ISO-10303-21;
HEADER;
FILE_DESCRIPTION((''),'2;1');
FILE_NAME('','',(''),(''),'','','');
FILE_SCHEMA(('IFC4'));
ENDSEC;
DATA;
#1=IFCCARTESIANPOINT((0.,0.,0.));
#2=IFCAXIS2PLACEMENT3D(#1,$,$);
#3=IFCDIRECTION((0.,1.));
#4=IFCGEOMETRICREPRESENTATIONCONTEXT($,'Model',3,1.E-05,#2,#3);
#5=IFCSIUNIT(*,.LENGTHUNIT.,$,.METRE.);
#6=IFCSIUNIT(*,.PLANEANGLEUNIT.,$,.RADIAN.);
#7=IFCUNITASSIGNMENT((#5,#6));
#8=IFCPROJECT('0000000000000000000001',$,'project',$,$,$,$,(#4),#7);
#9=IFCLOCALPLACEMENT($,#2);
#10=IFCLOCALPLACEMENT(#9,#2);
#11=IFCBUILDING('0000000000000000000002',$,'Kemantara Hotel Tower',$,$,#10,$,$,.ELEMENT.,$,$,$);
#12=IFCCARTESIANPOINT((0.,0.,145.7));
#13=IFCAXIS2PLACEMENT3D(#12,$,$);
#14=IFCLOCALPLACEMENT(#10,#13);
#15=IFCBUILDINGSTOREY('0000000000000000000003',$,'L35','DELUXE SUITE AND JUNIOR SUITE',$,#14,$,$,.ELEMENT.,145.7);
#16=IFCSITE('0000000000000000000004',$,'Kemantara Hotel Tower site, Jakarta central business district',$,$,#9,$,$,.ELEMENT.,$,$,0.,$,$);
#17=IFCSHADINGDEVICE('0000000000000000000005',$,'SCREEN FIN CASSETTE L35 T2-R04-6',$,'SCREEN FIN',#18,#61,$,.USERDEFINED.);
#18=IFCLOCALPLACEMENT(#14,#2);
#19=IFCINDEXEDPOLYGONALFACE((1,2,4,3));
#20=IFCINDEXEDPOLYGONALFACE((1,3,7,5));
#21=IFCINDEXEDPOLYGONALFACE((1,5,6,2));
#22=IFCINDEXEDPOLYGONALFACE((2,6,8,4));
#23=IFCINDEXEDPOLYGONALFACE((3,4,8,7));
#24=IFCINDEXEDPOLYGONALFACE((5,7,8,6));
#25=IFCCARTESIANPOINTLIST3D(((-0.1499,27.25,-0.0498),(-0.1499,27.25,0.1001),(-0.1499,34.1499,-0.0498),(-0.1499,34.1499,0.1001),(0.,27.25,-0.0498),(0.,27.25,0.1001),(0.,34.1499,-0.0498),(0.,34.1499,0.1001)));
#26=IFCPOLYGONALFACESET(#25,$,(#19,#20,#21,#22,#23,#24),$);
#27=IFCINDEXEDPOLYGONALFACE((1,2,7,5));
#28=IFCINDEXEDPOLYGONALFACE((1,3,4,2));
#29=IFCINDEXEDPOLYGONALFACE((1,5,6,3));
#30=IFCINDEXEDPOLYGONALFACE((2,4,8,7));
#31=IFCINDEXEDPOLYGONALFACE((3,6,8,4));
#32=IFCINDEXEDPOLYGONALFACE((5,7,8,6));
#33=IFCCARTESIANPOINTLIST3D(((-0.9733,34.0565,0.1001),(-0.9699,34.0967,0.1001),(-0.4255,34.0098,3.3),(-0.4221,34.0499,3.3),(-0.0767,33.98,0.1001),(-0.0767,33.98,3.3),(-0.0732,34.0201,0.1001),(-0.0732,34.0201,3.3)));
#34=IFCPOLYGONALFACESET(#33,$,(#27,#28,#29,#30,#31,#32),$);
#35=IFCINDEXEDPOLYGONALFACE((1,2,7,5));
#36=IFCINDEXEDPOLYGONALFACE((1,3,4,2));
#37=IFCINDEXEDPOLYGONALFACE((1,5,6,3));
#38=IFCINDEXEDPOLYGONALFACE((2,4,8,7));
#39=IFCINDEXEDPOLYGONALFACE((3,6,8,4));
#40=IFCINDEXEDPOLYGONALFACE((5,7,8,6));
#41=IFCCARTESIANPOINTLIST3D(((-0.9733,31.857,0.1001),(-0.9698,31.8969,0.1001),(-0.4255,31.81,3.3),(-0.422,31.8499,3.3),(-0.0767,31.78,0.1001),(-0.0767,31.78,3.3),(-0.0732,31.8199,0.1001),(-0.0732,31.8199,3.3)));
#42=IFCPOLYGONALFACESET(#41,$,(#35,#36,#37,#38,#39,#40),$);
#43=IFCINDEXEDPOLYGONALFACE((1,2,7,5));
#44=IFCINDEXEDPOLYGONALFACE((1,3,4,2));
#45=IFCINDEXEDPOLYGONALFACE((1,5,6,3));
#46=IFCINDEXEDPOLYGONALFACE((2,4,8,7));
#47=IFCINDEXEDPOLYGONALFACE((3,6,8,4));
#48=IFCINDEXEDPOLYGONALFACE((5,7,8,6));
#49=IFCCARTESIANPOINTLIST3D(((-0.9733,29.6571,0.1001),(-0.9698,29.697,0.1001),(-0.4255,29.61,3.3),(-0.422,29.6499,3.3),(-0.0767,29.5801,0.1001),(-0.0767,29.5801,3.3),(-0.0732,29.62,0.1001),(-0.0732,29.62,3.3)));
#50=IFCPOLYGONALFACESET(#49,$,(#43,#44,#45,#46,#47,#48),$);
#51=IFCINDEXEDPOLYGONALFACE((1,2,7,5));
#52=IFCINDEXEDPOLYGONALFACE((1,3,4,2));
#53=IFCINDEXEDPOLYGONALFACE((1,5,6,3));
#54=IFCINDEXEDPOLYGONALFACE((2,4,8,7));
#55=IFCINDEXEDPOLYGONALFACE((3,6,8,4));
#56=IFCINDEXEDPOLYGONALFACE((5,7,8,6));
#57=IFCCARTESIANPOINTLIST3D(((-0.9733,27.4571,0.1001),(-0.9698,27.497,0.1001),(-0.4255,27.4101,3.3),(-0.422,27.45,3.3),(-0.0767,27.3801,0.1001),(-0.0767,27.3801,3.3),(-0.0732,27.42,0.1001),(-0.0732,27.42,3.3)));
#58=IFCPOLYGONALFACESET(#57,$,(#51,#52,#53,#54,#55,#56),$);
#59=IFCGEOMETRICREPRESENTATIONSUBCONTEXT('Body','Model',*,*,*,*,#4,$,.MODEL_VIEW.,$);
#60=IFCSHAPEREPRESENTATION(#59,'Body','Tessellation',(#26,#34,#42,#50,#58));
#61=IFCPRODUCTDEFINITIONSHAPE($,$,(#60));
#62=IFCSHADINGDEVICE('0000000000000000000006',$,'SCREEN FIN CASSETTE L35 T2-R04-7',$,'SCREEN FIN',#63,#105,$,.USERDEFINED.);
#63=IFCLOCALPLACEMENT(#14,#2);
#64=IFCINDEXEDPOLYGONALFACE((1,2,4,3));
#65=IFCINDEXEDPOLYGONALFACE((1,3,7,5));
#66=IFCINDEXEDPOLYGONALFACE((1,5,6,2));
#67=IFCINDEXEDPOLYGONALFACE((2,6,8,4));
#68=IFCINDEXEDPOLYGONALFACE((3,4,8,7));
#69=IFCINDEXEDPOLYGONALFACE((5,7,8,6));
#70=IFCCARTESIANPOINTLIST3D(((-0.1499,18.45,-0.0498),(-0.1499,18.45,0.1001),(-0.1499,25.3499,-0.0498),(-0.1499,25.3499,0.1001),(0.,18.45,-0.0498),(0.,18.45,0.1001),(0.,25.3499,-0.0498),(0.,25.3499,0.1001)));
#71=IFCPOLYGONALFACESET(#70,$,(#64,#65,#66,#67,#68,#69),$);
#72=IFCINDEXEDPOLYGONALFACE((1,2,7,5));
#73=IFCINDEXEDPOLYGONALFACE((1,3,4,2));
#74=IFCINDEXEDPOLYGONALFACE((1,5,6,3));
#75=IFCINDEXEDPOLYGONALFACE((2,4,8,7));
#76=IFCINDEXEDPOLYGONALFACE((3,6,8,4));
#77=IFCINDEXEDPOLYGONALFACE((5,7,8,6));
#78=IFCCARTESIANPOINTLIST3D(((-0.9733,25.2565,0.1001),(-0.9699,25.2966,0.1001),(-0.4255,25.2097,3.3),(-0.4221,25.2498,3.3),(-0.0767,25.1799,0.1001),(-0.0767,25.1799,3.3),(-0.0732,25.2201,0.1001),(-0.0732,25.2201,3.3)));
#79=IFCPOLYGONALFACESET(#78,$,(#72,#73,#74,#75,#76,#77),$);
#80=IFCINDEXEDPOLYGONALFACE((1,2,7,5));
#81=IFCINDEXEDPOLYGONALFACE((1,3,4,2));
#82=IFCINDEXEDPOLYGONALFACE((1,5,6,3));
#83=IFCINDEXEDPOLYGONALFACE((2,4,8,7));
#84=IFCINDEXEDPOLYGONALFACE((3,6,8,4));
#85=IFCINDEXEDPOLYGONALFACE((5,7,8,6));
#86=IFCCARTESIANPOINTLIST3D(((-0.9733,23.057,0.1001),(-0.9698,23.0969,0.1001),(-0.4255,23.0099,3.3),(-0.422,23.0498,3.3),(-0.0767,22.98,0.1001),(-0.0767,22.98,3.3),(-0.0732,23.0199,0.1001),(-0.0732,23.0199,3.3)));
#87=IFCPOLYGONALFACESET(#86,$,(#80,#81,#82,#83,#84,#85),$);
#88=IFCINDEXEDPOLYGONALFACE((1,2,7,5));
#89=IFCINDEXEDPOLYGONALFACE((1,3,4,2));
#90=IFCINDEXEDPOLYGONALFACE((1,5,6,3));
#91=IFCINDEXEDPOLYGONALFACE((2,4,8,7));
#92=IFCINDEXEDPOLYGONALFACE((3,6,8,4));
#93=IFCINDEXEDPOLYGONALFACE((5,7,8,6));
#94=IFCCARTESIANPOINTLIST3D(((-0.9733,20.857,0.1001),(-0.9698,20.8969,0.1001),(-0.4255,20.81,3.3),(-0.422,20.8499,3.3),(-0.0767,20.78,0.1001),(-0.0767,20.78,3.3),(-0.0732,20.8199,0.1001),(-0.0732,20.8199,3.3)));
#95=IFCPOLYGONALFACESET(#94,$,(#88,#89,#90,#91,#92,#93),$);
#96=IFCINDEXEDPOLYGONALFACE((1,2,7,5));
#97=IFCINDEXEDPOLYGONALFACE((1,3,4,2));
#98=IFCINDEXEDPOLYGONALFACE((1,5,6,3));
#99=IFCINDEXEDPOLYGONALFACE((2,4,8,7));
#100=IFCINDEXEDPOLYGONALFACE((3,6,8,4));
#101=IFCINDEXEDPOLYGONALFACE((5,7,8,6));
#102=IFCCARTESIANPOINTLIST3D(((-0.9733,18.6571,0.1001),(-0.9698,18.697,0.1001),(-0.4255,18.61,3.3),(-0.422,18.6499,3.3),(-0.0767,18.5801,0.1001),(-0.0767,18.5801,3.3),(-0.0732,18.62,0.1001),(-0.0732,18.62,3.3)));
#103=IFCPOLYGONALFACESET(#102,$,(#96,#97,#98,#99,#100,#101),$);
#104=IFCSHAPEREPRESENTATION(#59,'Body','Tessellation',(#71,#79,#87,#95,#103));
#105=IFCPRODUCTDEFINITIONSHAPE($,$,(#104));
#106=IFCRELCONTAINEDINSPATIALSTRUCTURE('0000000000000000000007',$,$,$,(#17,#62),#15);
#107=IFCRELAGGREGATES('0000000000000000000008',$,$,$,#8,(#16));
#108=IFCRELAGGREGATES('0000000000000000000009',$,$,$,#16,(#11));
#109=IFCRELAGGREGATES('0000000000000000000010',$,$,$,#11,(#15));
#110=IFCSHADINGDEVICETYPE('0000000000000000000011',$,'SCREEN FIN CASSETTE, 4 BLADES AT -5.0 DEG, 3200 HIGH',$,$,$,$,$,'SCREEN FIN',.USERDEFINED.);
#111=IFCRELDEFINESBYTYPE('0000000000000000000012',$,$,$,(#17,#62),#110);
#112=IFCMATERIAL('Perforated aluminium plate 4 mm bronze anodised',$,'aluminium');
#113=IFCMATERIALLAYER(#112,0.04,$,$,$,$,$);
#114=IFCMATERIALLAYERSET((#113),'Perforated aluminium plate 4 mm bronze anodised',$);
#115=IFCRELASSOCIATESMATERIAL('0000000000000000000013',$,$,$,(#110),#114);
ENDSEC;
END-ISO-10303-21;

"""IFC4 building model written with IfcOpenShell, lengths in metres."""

from ifc_helpers import new_model, si_unit, direction, frame, origin, origin_2d, place, context, subcontext, project, spatial, polyline, rectangle, outline, extrude, source, transform, mapped, material, layer, layer_set, type_object, element, save


model = new_model("IFC4")

# Units and contexts
model_context = context("Model", 3, precision=1e-05, world=origin(), true_north=direction((0.0, 1.0)))
body_context = subcontext(model_context, "Body", "Model", "MODEL_VIEW")
ifc_project = project(units=[si_unit("LENGTHUNIT", "METRE"), si_unit("PLANEANGLEUNIT", "RADIAN")], contexts=[model_context])

# Site, building, storey
site_placement = place(None, origin())
site = spatial("IfcSite", under=ifc_project, at=site_placement, Name="Kemantara Hotel Tower site, Jakarta central business district", CompositionType="ELEMENT", RefElevation=0.0)
building_placement = place(site_placement, origin())
building = spatial("IfcBuilding", under=site, at=building_placement, Name="Kemantara Hotel Tower", CompositionType="ELEMENT")
storey_placement = place(building_placement, frame((0.0, 0.0, 145.7)))
storey = spatial("IfcBuildingStorey", under=building, at=storey_placement, Name="L35", Description="DELUXE SUITE AND JUNIOR SUITE", CompositionType="ELEMENT", Elevation=145.7)

# Shading devices
ifc_material_1 = material(Name="Perforated aluminium plate 4 mm bronze anodised", Category="aluminium")
ifc_layer_1 = layer(ifc_material_1, 0.04)
ifc_layer_set_1 = layer_set([ifc_layer_1], Name="Perforated aluminium plate 4 mm bronze anodised")
shading_device_type = type_object("IfcShadingDeviceType", Name="SCREEN FIN CASSETTE, 4 BLADES AT -5.0 DEG, 3200 HIGH", ElementType="SCREEN FIN", PredefinedType="USERDEFINED", material=ifc_layer_set_1)
shared_shape = source(origin(), body_context, "Body", "SweptSolid", [
    extrude(rectangle(XDim=6.8999, YDim=0.1499, at=origin_2d()), frame((3.3, -0.075, -0.1499), z_axis=(0.0, 0.0, 1.0), x_axis=(1.0, 0.0, 0.0)), (0.0, 0.0, 1.0), 0.1499),
    extrude(outline(polyline([(0.0, 0.0), (0.8999, 0.0), (0.3501, 3.2), (0.0, 3.2), (0.0, 0.0)])), frame((0.02, -0.0767, 0.0), z_axis=(-0.996376, 0.085056, 0.0), x_axis=(-0.085056, -0.996376, 0.0)), (0.0, 0.0, 1.0), 0.0403),
    extrude(outline(polyline([(0.0, 0.0), (0.8999, 0.0), (0.3501, 3.2), (0.0, 3.2), (0.0, 0.0)])), frame((2.22, -0.0767, 0.0), z_axis=(-0.996332, 0.085575, 0.0), x_axis=(-0.085575, -0.996332, 0.0)), (0.0, 0.0, 1.0), 0.04),
    extrude(outline(polyline([(0.0, 0.0), (0.8999, 0.0), (0.3501, 3.2), (0.0, 3.2), (0.0, 0.0)])), frame((4.4199, -0.0767, 0.0), z_axis=(-0.996332, 0.085575, 0.0), x_axis=(-0.085575, -0.996332, 0.0)), (0.0, 0.0, 1.0), 0.04),
    extrude(outline(polyline([(0.0, 0.0), (0.8999, 0.0), (0.3501, 3.2), (0.0, 3.2), (0.0, 0.0)])), frame((6.6199, -0.0767, 0.0), z_axis=(-0.996332, 0.085575, 0.0), x_axis=(-0.085575, -0.996332, 0.0)), (0.0, 0.0, 1.0), 0.04),
])
for number, where, z_axis, x_axis, name in (
    (1, (0.0, 34.0, 0.1001), (0.0, 0.0, 1.0), (0.0, -1.0, 0.0), "SCREEN FIN CASSETTE L35 T2-R04-6"),
    (2, (0.0, 25.2, 0.1001), (0.0, 0.0, 1.0), (0.0, -1.0, 0.0), "SCREEN FIN CASSETTE L35 T2-R04-7"),
):
    element("IfcShadingDevice", number, at=place(storey_placement, frame(where, z_axis=z_axis, x_axis=x_axis)), inside=storey, type_object=shading_device_type, Name=name, ObjectType="SCREEN FIN", PredefinedType="USERDEFINED", context=body_context, shape_type="MappedRepresentation", body=[
        mapped(shared_shape, transform((0.0, 0.0, 0.0))),
    ])

save(model, "model.ifc")
